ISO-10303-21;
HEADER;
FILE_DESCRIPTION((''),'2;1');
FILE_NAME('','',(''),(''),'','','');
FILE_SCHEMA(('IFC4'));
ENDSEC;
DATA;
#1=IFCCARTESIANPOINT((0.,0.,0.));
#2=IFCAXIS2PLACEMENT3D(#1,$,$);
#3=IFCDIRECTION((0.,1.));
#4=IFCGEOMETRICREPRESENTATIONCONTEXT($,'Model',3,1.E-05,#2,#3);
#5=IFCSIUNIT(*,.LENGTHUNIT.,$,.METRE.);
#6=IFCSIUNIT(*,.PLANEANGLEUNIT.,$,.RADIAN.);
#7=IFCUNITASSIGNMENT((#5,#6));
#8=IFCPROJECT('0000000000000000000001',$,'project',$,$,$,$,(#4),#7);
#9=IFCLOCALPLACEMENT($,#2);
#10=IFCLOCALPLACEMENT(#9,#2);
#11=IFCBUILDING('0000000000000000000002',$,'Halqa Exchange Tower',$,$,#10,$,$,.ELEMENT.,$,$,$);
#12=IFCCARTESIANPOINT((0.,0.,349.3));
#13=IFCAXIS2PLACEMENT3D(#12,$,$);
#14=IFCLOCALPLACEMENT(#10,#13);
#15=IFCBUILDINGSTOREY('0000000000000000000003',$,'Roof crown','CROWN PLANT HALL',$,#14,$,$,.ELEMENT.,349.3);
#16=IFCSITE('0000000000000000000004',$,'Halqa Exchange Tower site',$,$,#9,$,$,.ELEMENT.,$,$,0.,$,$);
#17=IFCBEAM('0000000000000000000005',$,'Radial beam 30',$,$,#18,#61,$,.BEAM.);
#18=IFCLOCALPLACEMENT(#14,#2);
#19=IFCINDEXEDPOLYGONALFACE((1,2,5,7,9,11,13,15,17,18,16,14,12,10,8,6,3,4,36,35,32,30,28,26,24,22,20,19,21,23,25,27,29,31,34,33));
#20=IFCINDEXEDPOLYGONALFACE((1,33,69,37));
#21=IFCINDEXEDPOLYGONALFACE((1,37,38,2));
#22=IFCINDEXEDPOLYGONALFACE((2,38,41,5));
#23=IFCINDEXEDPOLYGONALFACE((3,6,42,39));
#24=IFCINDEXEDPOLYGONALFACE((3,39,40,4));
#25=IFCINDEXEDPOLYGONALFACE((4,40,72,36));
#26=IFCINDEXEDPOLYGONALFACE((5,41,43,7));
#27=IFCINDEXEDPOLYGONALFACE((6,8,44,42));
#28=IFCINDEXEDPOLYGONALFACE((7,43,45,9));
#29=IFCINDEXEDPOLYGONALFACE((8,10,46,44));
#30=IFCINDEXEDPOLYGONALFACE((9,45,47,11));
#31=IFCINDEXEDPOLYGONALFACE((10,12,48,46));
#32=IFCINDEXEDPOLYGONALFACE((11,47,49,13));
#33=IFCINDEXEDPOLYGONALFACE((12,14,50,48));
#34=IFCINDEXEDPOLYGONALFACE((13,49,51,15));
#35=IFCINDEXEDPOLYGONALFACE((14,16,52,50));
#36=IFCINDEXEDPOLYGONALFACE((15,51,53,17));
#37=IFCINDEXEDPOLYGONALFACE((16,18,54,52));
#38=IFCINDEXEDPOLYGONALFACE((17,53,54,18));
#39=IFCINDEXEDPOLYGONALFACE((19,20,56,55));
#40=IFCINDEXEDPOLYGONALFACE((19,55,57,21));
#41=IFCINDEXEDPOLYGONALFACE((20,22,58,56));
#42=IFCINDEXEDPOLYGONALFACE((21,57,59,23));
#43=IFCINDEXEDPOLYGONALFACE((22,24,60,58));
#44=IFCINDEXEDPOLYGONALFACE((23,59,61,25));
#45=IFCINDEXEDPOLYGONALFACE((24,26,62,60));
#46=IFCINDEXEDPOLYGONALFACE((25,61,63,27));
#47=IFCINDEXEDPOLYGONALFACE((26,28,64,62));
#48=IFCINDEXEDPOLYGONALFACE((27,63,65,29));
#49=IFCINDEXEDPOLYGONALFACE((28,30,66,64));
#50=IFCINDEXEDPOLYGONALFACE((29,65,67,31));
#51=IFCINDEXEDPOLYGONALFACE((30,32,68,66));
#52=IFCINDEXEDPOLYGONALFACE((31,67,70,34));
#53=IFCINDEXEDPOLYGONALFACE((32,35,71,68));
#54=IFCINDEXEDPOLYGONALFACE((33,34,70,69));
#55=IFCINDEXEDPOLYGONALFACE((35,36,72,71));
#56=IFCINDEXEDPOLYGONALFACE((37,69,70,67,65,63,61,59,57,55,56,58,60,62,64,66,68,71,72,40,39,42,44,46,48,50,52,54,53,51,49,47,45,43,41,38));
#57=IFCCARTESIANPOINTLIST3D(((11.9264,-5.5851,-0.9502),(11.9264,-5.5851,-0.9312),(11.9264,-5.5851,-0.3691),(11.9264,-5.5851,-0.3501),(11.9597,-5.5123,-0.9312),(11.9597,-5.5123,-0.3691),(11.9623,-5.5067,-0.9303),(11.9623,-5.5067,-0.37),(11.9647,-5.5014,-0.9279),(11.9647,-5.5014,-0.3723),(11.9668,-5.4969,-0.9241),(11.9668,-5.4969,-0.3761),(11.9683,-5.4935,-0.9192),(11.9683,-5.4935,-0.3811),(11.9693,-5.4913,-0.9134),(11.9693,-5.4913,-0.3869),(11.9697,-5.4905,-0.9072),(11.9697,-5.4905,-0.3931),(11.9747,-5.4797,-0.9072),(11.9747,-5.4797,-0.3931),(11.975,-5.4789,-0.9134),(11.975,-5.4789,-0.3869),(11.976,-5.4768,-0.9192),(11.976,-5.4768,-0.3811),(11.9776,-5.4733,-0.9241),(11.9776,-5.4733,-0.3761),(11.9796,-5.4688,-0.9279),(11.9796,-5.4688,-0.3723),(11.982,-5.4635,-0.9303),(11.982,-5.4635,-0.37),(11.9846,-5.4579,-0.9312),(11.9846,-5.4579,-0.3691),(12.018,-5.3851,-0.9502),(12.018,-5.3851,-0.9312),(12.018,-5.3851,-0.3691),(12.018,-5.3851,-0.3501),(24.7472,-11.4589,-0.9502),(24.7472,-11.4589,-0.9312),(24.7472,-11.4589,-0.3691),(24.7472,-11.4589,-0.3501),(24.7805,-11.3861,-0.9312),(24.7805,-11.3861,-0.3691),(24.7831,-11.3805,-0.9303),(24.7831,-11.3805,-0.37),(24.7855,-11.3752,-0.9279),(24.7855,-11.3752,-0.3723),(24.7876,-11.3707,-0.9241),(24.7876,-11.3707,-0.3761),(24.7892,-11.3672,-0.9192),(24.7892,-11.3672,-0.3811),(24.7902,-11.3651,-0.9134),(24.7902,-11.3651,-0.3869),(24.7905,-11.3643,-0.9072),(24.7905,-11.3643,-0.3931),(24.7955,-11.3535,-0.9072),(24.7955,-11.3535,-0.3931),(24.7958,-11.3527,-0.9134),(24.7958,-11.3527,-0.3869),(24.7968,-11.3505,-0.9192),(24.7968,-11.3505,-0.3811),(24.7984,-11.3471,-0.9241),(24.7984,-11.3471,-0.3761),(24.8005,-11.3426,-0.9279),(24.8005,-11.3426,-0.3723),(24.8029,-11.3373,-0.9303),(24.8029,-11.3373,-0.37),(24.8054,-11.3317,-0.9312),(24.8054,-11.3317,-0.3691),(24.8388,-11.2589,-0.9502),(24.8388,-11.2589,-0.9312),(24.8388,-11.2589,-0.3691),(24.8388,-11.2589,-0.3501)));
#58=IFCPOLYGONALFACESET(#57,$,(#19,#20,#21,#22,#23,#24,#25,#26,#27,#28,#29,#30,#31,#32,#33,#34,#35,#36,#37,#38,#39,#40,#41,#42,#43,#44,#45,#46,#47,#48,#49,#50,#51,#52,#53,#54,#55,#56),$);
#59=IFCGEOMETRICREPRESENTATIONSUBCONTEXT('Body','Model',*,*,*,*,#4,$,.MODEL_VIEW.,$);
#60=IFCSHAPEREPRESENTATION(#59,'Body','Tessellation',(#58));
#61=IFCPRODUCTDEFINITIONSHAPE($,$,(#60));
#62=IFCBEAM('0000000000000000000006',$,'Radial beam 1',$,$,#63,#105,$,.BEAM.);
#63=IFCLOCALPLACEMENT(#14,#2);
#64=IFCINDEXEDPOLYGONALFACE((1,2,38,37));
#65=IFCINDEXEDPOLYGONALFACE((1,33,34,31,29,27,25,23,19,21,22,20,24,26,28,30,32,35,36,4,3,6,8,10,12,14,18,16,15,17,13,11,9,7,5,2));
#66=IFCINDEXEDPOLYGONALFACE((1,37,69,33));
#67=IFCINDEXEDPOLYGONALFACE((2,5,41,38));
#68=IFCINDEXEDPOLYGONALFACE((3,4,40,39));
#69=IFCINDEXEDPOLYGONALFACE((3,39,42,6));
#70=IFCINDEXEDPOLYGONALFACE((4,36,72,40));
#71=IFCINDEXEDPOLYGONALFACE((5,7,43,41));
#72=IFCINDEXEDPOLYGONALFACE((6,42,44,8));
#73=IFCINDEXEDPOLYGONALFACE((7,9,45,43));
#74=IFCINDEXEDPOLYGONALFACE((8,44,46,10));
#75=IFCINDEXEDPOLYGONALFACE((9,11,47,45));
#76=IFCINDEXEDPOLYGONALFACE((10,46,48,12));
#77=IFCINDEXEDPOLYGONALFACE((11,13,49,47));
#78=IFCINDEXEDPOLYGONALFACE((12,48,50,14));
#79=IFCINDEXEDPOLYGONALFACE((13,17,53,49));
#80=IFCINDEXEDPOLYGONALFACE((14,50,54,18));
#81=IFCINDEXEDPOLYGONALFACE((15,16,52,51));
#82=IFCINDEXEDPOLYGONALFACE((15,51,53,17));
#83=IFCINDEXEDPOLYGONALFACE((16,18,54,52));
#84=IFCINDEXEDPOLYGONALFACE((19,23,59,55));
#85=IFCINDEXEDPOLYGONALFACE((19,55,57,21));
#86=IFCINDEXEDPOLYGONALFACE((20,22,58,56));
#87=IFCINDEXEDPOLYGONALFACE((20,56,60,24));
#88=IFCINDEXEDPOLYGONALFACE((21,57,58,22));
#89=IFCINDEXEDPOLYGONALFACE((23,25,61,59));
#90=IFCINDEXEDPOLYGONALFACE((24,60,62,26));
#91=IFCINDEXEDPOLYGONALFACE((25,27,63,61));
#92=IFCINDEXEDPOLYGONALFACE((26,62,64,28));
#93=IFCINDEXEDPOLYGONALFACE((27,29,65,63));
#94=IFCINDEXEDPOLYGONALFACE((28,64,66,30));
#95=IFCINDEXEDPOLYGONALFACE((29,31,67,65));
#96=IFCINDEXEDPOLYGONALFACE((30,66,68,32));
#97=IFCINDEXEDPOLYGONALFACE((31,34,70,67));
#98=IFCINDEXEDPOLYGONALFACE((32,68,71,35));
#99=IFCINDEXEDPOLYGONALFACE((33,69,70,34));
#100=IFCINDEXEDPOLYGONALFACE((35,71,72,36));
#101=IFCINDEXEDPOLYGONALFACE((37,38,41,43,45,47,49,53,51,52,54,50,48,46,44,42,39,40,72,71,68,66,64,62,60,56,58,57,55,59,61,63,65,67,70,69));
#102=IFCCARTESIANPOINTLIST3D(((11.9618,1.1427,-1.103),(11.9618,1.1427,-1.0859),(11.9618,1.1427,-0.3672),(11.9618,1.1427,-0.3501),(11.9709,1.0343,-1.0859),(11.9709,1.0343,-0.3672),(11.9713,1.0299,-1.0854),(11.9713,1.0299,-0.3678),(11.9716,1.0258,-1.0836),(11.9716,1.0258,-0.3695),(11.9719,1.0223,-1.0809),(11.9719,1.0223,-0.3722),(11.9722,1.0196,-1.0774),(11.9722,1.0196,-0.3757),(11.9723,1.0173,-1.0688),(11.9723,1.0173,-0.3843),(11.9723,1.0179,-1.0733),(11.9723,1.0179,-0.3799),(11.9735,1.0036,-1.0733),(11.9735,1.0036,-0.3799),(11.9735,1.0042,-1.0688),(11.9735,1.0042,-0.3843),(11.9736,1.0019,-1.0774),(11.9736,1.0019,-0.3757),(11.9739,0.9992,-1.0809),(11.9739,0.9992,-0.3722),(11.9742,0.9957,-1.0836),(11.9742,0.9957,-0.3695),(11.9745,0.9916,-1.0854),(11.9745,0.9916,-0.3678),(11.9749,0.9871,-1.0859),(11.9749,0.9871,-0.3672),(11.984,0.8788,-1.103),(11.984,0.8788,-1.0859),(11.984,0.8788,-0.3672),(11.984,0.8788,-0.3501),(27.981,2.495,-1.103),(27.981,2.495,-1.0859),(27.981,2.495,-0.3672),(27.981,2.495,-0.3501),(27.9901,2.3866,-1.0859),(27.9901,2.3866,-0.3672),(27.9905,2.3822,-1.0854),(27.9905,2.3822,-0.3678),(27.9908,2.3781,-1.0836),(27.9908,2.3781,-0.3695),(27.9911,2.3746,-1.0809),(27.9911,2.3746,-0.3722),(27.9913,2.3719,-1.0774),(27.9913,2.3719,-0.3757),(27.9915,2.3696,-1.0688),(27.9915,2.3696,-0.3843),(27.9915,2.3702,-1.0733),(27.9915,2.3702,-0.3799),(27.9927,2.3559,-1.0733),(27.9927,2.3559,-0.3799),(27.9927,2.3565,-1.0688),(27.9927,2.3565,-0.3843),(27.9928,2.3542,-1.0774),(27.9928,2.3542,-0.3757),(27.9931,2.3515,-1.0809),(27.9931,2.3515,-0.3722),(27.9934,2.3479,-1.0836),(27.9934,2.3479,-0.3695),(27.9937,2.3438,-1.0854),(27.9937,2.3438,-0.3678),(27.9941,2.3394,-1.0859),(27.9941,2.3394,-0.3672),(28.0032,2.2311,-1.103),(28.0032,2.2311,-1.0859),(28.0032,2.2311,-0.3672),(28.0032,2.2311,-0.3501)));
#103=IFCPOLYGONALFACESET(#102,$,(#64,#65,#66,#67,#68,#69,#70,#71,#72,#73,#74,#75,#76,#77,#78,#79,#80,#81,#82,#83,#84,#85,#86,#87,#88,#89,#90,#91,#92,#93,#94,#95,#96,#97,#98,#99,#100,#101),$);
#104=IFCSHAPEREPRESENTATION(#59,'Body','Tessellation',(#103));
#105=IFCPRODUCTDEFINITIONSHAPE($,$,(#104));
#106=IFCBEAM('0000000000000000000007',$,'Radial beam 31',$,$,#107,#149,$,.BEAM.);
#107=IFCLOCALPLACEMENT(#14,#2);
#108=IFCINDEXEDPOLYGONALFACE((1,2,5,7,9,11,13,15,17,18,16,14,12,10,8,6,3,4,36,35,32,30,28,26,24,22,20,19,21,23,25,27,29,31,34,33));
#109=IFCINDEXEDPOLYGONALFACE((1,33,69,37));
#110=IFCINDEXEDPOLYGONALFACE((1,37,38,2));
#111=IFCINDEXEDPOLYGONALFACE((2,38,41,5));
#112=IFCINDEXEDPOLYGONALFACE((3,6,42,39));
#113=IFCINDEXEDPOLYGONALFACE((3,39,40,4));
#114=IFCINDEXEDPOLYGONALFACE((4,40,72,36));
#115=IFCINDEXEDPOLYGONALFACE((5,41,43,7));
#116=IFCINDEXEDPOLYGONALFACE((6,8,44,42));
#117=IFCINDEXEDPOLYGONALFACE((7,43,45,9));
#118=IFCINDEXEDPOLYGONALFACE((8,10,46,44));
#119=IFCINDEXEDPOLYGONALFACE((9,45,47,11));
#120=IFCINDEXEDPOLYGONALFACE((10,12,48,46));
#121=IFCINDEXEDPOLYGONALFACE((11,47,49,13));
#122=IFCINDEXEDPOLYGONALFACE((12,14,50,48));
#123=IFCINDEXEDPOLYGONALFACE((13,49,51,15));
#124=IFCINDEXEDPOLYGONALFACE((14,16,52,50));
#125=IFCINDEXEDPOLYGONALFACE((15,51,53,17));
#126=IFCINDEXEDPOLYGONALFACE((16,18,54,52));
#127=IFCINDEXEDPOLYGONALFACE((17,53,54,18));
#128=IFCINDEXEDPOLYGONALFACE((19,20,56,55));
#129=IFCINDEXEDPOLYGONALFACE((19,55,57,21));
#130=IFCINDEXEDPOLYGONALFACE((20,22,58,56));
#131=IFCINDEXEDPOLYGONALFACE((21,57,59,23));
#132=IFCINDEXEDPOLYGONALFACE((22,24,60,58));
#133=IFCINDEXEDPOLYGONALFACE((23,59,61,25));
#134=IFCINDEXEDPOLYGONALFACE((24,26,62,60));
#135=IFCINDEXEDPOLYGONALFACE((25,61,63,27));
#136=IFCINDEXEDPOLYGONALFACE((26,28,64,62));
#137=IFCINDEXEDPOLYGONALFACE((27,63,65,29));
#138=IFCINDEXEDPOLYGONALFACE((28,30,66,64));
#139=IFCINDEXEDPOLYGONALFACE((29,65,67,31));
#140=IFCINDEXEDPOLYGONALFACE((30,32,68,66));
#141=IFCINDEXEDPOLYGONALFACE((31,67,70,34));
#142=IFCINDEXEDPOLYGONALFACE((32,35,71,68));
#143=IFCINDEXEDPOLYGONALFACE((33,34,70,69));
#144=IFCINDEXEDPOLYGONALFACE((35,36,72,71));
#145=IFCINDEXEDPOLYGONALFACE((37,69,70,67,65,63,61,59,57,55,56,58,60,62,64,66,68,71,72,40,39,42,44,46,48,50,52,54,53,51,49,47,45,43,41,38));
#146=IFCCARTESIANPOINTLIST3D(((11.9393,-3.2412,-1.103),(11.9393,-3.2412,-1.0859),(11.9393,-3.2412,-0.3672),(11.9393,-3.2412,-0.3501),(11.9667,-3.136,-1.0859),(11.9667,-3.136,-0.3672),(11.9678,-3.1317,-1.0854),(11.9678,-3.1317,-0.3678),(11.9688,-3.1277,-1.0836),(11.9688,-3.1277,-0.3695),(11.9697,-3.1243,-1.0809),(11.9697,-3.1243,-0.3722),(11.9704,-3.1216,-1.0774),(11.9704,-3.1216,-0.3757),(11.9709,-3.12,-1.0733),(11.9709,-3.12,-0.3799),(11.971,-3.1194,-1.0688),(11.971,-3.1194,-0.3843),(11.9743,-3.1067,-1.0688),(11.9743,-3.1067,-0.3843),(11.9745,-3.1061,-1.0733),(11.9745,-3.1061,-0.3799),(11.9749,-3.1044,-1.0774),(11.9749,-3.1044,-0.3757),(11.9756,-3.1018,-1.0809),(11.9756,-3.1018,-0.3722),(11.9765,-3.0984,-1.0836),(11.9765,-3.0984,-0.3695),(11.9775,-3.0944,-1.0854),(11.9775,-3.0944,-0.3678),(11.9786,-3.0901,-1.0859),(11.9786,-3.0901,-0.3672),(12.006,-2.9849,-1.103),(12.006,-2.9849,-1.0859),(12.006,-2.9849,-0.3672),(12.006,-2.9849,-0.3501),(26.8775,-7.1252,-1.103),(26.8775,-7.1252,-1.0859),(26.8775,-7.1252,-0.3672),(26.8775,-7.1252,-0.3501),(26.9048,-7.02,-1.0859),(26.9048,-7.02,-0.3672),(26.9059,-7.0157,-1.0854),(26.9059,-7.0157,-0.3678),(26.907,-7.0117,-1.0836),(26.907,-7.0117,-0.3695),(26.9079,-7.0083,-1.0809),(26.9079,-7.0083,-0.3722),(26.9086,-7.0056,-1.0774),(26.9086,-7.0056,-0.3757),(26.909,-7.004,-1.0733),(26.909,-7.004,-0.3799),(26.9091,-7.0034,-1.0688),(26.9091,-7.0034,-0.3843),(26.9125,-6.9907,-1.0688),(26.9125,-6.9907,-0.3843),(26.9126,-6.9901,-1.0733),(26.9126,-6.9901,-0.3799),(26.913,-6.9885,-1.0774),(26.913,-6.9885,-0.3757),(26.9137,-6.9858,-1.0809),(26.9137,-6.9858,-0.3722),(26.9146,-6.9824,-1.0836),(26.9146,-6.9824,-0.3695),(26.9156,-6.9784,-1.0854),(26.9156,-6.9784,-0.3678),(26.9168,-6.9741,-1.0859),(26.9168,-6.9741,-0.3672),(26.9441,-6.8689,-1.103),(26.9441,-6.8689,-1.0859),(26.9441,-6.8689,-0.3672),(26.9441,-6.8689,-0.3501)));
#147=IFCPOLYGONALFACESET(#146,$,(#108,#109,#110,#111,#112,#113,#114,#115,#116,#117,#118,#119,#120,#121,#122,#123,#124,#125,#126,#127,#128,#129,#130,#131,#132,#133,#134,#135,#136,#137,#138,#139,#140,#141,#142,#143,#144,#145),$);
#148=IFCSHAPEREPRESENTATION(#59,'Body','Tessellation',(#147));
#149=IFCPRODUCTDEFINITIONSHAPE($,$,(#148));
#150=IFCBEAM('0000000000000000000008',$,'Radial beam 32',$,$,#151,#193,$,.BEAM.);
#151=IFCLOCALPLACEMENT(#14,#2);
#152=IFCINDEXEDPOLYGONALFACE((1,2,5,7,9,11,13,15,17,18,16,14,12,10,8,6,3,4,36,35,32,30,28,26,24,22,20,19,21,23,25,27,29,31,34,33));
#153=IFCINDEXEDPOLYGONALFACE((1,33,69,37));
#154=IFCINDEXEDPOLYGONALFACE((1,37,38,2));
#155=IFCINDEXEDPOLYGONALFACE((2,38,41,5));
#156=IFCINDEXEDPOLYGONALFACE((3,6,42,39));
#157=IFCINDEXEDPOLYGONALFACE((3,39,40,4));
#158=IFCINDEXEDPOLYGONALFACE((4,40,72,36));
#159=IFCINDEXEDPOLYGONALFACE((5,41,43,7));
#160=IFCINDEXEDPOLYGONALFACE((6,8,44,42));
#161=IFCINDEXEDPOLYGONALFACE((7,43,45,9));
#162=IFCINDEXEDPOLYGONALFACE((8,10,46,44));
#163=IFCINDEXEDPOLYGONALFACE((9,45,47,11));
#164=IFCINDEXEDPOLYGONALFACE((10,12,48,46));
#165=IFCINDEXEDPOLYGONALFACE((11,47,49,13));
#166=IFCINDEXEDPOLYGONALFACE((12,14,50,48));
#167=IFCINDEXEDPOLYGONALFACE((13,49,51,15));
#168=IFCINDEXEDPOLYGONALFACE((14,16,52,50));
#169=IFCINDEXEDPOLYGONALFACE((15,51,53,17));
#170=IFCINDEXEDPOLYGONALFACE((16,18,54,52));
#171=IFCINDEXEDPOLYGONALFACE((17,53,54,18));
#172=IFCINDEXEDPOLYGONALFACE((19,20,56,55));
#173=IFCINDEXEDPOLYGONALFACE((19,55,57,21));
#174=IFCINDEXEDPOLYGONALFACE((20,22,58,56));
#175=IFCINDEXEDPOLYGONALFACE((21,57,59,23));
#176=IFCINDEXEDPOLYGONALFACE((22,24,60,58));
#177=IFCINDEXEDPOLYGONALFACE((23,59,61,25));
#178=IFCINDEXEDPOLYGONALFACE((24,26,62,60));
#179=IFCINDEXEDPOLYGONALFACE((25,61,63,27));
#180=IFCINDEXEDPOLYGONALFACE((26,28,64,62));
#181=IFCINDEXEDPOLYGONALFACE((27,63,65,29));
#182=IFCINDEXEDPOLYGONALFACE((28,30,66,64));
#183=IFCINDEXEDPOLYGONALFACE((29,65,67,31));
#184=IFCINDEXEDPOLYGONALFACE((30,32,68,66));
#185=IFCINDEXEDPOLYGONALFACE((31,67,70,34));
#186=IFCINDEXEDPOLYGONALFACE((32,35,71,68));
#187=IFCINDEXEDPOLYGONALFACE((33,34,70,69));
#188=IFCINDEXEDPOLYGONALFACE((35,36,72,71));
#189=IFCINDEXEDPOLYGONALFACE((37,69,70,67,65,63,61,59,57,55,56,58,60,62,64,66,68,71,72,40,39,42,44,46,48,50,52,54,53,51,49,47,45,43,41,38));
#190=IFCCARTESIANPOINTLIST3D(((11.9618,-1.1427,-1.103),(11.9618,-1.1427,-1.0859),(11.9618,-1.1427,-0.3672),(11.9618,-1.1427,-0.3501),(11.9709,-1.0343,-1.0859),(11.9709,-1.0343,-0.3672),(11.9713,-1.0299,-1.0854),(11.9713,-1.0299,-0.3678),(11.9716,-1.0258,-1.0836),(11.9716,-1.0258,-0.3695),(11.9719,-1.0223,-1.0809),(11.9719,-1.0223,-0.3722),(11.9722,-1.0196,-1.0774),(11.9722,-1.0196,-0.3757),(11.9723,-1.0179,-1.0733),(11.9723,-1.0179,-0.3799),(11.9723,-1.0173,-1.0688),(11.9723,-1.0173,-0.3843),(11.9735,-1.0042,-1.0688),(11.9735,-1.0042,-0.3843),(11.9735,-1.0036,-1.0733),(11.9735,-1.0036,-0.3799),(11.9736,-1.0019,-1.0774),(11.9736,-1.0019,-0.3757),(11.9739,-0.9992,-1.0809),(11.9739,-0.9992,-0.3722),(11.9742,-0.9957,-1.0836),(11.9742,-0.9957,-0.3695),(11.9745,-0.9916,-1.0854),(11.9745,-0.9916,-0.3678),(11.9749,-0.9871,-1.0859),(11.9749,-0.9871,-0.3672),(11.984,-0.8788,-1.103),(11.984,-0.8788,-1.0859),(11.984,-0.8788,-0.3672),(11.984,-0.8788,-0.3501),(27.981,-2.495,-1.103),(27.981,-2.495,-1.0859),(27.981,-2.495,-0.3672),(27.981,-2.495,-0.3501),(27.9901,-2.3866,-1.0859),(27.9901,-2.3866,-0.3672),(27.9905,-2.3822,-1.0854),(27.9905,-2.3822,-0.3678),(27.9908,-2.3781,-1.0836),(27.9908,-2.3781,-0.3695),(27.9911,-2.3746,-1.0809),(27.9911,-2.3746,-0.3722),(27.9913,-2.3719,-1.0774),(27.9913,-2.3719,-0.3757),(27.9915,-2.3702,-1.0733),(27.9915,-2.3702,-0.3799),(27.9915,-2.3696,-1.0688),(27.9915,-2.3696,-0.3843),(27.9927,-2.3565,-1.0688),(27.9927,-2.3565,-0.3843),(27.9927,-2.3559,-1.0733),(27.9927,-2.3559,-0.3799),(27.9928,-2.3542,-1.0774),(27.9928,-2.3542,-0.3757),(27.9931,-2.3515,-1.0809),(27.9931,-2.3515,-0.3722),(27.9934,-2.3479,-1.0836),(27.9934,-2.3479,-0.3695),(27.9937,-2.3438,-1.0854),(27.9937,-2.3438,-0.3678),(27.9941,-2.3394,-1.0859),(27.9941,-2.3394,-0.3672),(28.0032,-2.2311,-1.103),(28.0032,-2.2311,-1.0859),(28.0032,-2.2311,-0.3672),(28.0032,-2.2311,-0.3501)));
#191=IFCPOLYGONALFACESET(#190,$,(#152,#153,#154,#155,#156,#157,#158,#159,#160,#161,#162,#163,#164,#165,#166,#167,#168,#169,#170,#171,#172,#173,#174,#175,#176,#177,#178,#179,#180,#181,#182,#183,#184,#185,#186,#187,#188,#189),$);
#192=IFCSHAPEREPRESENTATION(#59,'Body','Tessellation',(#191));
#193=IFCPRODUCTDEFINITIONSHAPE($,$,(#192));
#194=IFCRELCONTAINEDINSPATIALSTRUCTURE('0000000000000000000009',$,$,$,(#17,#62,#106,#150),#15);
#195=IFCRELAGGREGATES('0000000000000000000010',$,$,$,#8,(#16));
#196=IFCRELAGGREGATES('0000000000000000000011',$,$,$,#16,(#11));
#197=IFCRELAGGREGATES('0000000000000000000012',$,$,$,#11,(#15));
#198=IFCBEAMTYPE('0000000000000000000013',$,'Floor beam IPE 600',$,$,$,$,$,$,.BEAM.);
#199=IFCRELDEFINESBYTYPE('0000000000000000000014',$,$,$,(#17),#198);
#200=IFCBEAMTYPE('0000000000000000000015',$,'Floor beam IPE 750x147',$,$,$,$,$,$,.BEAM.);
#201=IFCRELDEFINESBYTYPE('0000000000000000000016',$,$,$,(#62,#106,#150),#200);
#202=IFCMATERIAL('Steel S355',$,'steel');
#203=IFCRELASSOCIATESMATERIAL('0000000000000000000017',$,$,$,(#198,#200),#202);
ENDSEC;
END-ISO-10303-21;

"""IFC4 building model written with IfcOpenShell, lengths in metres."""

from ifc_helpers import new_model, si_unit, direction, frame, origin, origin_2d, place, context, subcontext, project, spatial, i_section, extrude, material, material_profile, profile_set, type_object, element, save


model = new_model("IFC4")

# Units and contexts
model_context = context("Model", 3, precision=1e-05, world=origin(), true_north=direction((0.0, 1.0)))
body_context = subcontext(model_context, "Body", "Model", "MODEL_VIEW")
ifc_project = project(units=[si_unit("LENGTHUNIT", "METRE"), si_unit("PLANEANGLEUNIT", "RADIAN")], contexts=[model_context])

# Site, building, storey
site_placement = place(None, origin())
site = spatial("IfcSite", under=ifc_project, at=site_placement, Name="Halqa Exchange Tower site", CompositionType="ELEMENT", RefElevation=0.0)
building_placement = place(site_placement, origin())
building = spatial("IfcBuilding", under=site, at=building_placement, Name="Halqa Exchange Tower", CompositionType="ELEMENT")
storey_placement = place(building_placement, frame((0.0, 0.0, 349.3)))
storey = spatial("IfcBuildingStorey", under=building, at=storey_placement, Name="Roof crown", Description="CROWN PLANT HALL", CompositionType="ELEMENT", Elevation=349.3)

# Shared definitions
ifc_material_1 = material(Name="Steel S355", Category="steel")

# Beams
ifc_material_profile_1 = material_profile(ifc_material_1, i_section(OverallWidth=0.22, OverallDepth=0.6001, WebThickness=0.012, FlangeThickness=0.019, FilletRadius=0.0239, at=origin_2d()), Name="IPE 600")
ifc_profile_set_1 = profile_set([ifc_material_profile_1], Name="Steel S355")
beam_type_1 = type_object("IfcBeamType", Name="Floor beam IPE 600", PredefinedType="BEAM", material=ifc_profile_set_1)
beam_1_placement = place(storey_placement, frame((11.9722, -5.4851, -0.6501), z_axis=(0.90913, -0.416513, 0.0), x_axis=(0.416513, 0.90913, 0.0)))
element("IfcBeam", 1, at=beam_1_placement, inside=storey, type_object=beam_type_1, Name="Radial beam 30", PredefinedType="BEAM", context=body_context, shape_type="SweptSolid", body=[
    extrude(i_section(OverallWidth=0.22, OverallDepth=0.6001, WebThickness=0.012, FlangeThickness=0.019, FilletRadius=0.0239, at=origin_2d()), origin(), (0.0, 0.0, 1.0), 14.1023),
])
ifc_material_profile_2 = material_profile(ifc_material_1, i_section(OverallWidth=0.2649, OverallDepth=0.7529, WebThickness=0.0132, FlangeThickness=0.0171, FilletRadius=0.0171, at=origin_2d()), Name="IPE 750x147")
ifc_profile_set_2 = profile_set([ifc_material_profile_2], Name="Steel S355")
beam_type_2 = type_object("IfcBeamType", Name="Floor beam IPE 750x147", PredefinedType="BEAM", material=ifc_profile_set_2)
beam_2_placement = place(storey_placement, frame((11.9729, 1.0107, -0.7266), z_axis=(0.996456, 0.084117, 0.0), x_axis=(-0.084117, 0.996456, 0.0)))
element("IfcBeam", 2, at=beam_2_placement, inside=storey, type_object=beam_type_2, Name="Radial beam 1", PredefinedType="BEAM", context=body_context, shape_type="SweptSolid", body=[
    extrude(i_section(OverallWidth=0.2649, OverallDepth=0.7529, WebThickness=0.0132, FlangeThickness=0.0171, FilletRadius=0.0171, at=origin_2d()), origin(), (0.0, 0.0, 1.0), 16.0762),
])
beam_3_placement = place(storey_placement, frame((11.9727, -3.113, -0.7266), z_axis=(0.967821, -0.251639, 0.0), x_axis=(0.251639, 0.967821, 0.0)))
element("IfcBeam", 3, at=beam_3_placement, inside=storey, type_object=beam_type_2, Name="Radial beam 31", PredefinedType="BEAM", context=body_context, shape_type="SweptSolid", body=[
    extrude(i_section(OverallWidth=0.2649, OverallDepth=0.7529, WebThickness=0.0132, FlangeThickness=0.0171, FilletRadius=0.0171, at=origin_2d()), origin(), (0.0, 0.0, 1.0), 15.4348),
])
beam_4_placement = place(storey_placement, frame((11.9729, -1.0107, -0.7266), z_axis=(0.996456, -0.084117, 0.0), x_axis=(0.084117, 0.996456, 0.0)))
element("IfcBeam", 4, at=beam_4_placement, inside=storey, type_object=beam_type_2, Name="Radial beam 32", PredefinedType="BEAM", context=body_context, shape_type="SweptSolid", body=[
    extrude(i_section(OverallWidth=0.2649, OverallDepth=0.7529, WebThickness=0.0132, FlangeThickness=0.0171, FilletRadius=0.0171, at=origin_2d()), origin(), (0.0, 0.0, 1.0), 16.0762),
])

save(model, "model.ifc")
